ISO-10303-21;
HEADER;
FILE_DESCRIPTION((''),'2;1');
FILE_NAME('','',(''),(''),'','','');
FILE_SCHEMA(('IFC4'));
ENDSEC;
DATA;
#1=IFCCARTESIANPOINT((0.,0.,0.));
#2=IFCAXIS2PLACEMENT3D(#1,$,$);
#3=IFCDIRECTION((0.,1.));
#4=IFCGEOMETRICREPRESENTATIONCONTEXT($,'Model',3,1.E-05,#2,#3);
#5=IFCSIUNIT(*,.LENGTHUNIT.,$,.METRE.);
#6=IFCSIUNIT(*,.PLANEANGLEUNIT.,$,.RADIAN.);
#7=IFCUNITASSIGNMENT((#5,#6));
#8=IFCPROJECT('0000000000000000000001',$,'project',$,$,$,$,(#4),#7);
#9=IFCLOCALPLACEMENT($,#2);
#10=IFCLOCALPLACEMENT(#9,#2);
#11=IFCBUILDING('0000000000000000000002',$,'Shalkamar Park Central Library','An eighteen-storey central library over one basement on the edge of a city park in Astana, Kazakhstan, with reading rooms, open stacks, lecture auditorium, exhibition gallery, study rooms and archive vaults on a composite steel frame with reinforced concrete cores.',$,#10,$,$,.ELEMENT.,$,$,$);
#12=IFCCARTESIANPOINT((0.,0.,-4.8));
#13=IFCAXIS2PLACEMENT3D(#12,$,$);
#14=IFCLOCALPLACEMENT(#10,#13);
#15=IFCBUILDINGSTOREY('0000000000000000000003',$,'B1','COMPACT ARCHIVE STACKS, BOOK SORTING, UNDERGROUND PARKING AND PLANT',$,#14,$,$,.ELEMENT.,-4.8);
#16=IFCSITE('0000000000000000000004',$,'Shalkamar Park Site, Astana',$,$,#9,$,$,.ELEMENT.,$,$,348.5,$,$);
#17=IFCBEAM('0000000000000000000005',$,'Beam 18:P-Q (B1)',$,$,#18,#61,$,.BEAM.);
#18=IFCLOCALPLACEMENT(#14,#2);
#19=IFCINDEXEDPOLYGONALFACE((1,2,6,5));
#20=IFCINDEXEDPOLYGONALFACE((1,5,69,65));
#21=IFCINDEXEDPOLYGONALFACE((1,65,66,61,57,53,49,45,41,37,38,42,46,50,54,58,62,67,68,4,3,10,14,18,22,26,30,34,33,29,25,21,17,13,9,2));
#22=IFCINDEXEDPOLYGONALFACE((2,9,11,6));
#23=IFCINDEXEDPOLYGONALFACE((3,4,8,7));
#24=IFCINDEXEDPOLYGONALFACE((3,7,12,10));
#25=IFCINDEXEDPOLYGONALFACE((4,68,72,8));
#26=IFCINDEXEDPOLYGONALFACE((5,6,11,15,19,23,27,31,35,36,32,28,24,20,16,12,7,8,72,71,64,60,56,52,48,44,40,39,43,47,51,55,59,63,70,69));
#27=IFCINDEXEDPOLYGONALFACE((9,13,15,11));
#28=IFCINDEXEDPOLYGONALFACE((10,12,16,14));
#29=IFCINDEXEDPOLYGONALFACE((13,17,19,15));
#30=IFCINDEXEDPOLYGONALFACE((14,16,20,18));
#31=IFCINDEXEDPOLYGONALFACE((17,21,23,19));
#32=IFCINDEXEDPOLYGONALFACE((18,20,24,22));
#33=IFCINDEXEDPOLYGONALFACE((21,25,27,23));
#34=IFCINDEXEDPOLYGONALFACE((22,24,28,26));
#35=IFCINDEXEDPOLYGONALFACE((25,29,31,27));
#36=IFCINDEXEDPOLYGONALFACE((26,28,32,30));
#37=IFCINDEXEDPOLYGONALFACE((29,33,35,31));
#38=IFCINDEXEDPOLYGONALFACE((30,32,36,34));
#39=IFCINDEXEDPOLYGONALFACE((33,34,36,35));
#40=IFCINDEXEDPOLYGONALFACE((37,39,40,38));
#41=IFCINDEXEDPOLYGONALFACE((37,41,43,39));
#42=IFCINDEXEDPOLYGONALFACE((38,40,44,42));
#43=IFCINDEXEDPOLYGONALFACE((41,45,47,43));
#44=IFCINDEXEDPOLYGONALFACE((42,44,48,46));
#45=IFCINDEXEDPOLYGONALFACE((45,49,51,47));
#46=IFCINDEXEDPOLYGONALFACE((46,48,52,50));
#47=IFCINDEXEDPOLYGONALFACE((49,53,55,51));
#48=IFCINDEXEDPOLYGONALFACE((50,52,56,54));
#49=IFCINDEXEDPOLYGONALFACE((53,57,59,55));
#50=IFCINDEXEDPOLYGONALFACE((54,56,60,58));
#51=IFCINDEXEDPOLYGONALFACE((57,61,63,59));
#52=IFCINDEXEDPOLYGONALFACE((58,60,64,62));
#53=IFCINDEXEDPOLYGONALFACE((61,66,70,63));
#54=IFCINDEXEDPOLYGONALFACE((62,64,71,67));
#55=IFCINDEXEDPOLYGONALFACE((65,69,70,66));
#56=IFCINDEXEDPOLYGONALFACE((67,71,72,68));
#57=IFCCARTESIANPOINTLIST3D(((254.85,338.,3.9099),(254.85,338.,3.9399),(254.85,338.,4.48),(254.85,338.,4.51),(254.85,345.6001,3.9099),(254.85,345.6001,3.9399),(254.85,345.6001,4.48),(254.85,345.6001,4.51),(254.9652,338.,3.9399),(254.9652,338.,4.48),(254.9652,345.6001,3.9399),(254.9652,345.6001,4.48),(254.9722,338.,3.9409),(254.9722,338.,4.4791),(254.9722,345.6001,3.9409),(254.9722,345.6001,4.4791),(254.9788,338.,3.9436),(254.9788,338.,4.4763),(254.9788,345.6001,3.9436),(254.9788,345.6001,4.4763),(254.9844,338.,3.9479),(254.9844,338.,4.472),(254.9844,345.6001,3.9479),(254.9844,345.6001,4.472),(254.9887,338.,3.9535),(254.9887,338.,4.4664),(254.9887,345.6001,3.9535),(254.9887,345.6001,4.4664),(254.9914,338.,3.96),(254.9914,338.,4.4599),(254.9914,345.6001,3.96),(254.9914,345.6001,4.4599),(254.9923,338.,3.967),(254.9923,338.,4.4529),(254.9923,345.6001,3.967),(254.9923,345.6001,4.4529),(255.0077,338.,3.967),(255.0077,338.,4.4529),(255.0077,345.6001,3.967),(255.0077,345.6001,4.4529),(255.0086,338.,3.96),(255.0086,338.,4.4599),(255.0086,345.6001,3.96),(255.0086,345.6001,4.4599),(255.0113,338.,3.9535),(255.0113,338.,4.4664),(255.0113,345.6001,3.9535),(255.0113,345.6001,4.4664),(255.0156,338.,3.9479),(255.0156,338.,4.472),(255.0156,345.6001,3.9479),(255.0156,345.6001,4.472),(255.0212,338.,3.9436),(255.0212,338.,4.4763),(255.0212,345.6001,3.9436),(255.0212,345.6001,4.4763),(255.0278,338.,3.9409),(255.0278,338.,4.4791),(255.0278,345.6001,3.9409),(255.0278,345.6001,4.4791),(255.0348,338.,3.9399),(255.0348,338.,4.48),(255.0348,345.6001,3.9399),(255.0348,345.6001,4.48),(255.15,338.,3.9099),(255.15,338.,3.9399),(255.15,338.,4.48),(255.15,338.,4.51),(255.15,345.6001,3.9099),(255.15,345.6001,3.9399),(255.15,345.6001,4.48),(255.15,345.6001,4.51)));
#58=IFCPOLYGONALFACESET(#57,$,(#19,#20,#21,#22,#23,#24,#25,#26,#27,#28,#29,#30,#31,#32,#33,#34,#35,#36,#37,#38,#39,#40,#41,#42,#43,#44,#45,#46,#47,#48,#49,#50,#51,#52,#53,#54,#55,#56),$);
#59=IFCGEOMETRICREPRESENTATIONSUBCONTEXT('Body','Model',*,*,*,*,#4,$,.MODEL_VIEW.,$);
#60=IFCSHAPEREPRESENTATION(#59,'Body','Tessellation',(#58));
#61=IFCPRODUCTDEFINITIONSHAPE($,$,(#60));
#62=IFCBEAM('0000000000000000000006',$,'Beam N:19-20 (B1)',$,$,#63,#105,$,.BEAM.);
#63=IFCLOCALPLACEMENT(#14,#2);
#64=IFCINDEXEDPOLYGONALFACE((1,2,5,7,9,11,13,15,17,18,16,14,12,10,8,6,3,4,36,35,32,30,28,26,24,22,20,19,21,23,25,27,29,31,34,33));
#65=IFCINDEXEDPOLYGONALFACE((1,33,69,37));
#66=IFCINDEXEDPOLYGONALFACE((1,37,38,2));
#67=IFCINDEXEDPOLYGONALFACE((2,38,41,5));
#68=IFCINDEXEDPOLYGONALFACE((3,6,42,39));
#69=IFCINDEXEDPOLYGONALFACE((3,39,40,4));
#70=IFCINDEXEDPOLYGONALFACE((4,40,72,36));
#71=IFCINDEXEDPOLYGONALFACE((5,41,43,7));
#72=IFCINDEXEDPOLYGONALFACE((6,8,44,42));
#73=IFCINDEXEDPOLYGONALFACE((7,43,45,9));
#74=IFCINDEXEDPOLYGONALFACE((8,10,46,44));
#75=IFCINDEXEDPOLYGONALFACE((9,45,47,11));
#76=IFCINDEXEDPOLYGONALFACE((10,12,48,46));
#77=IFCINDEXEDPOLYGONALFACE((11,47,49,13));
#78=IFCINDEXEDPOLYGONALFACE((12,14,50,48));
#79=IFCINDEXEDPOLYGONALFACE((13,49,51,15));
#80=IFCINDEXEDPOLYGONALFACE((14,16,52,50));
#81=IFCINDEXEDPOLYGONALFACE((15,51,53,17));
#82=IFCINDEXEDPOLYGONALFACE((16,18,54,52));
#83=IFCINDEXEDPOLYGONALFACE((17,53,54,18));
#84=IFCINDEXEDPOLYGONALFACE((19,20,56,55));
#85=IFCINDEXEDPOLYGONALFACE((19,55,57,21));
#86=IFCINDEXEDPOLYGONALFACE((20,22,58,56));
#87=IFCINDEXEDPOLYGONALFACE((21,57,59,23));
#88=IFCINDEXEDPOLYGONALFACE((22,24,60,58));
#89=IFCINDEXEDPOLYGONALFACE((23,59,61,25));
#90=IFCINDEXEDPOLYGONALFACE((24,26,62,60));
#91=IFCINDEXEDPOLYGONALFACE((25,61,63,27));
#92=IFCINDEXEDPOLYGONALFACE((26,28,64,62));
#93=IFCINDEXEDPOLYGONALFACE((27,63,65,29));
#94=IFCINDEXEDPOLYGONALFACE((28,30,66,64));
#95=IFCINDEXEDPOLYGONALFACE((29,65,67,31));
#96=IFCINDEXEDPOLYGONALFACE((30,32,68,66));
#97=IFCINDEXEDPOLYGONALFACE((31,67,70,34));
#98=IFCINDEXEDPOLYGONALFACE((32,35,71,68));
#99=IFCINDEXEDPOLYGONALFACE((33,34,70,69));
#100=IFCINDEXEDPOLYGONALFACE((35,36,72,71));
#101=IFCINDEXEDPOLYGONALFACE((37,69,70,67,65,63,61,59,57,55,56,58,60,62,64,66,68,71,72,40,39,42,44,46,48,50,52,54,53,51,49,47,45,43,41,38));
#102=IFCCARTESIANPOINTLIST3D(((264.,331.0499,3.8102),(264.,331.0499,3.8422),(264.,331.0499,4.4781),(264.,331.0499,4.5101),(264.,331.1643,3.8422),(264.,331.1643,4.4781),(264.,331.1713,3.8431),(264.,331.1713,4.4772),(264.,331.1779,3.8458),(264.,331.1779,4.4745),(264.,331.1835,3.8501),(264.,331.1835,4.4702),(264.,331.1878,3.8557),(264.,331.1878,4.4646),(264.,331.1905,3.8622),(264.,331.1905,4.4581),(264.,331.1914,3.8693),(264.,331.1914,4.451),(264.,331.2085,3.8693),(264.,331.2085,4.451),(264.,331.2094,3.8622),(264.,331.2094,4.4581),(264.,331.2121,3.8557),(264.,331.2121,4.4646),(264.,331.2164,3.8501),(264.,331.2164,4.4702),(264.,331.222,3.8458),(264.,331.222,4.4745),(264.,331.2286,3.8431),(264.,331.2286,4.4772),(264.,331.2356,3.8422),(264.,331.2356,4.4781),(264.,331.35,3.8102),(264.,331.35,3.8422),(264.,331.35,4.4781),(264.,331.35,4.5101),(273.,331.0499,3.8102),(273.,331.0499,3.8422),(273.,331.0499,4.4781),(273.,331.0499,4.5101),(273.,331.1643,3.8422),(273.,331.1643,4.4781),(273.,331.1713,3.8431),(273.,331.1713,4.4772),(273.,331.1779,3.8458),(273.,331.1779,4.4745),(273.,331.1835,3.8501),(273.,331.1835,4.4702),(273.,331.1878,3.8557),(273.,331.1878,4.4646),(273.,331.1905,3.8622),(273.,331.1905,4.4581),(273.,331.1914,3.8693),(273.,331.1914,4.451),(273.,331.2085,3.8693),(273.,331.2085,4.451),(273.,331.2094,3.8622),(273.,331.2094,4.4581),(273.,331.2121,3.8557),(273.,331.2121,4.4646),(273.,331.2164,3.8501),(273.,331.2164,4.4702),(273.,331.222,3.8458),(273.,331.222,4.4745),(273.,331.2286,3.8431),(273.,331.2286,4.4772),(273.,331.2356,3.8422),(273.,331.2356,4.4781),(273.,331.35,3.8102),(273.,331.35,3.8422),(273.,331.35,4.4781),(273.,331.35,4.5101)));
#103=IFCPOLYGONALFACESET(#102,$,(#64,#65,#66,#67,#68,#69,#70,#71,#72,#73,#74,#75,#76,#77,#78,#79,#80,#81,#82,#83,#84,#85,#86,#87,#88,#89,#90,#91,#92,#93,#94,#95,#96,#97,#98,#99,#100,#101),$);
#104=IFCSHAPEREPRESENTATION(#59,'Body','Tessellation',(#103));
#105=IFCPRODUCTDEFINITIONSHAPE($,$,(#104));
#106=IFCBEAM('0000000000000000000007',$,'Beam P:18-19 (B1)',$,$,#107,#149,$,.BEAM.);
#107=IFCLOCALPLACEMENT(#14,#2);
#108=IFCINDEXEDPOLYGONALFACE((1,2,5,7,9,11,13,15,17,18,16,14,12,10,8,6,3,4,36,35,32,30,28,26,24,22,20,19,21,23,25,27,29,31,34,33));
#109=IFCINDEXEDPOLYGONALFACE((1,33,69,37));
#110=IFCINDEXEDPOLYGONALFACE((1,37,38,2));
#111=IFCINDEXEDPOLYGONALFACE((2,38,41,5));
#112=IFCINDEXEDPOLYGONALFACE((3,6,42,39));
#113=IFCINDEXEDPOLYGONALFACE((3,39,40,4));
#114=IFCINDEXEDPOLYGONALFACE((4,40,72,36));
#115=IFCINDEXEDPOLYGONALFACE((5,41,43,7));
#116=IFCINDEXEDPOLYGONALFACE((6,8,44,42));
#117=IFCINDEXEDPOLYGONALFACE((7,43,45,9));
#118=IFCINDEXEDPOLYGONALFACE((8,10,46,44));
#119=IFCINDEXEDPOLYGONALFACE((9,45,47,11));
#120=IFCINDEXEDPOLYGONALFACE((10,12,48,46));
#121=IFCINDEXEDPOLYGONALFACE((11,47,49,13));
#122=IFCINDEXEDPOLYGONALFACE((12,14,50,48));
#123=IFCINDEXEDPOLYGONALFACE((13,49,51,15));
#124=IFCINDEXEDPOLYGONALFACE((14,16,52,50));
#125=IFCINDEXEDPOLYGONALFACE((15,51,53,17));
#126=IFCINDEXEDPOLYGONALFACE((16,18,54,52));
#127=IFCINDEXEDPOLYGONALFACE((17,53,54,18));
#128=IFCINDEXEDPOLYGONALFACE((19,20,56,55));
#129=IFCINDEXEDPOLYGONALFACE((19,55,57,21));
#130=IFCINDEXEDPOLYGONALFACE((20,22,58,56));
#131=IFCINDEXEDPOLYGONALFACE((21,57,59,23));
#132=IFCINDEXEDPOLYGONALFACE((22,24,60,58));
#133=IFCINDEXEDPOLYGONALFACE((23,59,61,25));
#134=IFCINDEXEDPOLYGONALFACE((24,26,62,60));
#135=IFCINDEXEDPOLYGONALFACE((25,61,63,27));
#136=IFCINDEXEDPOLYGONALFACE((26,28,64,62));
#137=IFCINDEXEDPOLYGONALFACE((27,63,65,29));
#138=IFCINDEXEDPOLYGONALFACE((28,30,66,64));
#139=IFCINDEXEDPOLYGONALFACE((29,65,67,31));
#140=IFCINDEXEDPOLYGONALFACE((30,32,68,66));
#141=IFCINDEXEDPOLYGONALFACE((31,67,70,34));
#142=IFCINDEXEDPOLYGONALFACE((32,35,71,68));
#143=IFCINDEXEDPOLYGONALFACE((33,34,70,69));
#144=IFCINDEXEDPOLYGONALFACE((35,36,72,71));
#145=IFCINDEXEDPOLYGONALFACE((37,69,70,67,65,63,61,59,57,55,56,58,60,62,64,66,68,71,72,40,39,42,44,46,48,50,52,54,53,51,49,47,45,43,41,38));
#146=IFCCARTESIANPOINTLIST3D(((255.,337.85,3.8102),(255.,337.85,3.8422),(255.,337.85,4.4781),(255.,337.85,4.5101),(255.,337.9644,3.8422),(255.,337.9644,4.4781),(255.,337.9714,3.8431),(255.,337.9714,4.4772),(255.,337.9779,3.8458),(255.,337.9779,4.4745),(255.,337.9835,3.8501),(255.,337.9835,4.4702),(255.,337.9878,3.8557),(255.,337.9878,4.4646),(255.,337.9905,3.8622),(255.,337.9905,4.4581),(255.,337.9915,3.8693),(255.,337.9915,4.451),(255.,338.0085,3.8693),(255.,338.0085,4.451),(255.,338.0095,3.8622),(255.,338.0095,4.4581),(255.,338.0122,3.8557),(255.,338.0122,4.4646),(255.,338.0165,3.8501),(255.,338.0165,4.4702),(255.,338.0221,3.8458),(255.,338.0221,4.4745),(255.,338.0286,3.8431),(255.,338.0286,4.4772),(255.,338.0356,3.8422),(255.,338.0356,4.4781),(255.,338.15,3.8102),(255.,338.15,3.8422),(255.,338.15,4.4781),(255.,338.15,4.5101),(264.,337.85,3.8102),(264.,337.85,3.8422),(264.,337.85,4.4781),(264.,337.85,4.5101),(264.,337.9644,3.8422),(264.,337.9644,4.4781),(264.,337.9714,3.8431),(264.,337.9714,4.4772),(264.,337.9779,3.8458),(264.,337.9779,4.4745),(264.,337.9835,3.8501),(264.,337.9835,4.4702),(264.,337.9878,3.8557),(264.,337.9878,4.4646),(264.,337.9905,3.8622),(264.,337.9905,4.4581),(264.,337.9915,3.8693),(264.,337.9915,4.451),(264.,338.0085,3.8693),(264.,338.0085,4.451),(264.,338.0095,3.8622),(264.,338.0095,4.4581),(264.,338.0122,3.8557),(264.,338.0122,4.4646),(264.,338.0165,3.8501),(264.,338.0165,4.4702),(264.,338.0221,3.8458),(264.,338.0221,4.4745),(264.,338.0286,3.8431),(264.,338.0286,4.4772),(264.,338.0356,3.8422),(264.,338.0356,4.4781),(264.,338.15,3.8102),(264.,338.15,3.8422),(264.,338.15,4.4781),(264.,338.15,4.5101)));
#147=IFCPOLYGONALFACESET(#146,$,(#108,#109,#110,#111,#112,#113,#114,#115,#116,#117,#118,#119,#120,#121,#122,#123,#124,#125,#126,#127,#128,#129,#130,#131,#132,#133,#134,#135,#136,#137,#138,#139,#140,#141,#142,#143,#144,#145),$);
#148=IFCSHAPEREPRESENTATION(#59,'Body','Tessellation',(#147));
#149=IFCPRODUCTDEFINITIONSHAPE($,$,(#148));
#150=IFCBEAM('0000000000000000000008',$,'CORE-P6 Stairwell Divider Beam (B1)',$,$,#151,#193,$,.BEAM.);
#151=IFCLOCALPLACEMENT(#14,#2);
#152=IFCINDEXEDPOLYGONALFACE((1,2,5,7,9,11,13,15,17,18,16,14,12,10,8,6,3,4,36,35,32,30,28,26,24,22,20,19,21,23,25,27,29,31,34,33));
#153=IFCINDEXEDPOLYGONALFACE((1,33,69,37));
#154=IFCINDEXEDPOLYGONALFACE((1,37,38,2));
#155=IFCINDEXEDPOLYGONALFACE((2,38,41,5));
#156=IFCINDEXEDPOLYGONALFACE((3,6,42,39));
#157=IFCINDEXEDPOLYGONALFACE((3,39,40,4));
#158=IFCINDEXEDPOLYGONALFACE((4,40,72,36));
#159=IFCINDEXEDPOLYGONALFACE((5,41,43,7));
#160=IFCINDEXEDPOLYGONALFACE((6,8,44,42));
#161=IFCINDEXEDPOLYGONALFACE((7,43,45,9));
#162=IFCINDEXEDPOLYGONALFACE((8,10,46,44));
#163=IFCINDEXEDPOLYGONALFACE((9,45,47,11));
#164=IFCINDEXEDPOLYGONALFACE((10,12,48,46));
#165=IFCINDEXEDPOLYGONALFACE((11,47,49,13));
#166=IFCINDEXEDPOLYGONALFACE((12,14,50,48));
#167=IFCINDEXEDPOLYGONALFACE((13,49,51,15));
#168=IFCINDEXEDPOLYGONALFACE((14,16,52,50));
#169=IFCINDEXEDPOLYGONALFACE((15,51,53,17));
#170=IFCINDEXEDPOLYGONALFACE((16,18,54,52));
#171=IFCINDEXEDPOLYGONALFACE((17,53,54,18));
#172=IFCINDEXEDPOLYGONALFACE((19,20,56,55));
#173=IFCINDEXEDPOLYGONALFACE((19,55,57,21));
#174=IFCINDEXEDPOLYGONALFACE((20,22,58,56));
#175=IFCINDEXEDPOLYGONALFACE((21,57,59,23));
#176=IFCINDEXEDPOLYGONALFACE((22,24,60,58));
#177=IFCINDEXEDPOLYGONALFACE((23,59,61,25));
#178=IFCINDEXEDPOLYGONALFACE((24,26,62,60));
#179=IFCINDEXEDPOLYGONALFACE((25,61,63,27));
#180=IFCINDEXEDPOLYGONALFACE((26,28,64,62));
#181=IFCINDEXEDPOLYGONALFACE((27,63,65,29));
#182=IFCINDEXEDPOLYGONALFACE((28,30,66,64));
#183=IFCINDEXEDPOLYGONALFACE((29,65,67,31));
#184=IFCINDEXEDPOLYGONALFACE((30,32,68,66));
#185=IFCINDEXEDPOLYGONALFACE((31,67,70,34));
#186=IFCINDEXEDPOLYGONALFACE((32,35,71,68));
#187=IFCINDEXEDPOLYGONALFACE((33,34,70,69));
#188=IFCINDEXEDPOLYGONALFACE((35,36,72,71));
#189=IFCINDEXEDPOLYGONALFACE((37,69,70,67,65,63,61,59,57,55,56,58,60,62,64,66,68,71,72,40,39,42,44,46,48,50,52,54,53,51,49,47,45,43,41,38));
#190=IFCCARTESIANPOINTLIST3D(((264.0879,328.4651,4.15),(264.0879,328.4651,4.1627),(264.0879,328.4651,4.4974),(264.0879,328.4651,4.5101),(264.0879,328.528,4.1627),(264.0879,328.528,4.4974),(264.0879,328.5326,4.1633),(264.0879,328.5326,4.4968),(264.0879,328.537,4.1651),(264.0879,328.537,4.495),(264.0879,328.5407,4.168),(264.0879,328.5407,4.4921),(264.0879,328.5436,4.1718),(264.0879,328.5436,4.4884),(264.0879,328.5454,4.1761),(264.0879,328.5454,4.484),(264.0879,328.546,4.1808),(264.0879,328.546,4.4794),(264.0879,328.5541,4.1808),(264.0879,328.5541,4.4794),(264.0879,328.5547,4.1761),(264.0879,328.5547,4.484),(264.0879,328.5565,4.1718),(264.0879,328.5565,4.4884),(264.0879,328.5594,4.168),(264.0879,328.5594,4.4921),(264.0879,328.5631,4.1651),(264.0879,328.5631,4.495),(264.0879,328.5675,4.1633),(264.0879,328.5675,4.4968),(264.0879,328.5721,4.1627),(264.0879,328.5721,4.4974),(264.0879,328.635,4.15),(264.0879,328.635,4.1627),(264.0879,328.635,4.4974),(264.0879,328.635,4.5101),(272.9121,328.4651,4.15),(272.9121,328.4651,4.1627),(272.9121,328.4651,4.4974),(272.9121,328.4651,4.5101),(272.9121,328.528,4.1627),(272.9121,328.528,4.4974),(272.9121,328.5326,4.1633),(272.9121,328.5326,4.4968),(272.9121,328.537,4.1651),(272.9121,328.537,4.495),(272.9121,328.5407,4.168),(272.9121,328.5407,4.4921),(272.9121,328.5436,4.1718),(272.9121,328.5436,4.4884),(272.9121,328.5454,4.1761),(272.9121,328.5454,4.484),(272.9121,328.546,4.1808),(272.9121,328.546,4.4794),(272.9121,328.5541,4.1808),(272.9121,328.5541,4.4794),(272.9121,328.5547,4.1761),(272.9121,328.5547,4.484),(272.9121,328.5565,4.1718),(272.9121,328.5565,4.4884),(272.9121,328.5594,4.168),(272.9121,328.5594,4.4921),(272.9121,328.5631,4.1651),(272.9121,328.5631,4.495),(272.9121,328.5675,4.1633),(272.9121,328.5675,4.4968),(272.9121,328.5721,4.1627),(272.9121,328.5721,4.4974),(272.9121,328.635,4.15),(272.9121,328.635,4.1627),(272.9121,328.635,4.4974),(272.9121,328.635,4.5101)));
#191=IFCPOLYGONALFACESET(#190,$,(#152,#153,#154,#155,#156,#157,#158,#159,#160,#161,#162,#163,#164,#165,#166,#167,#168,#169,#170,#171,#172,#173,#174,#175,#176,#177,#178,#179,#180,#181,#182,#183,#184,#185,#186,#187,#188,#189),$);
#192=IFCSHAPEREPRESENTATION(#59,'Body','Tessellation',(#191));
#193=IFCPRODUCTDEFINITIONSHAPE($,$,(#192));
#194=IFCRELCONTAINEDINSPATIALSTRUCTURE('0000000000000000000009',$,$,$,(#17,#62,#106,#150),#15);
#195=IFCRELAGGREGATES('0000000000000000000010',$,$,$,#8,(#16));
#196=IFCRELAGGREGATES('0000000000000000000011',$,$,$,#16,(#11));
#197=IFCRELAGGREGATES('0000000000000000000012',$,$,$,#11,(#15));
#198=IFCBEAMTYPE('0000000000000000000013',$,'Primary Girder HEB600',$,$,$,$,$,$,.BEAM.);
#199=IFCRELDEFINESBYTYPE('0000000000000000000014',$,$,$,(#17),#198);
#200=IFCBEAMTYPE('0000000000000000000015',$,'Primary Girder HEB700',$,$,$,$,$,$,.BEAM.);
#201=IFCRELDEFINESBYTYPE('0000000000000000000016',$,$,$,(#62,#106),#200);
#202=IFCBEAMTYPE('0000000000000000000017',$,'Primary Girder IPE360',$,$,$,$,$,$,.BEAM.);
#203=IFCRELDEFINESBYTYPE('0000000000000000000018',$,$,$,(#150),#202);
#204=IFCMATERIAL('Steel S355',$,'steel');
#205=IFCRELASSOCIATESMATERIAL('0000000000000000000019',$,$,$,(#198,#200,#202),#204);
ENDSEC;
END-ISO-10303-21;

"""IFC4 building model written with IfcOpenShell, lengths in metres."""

from ifc_helpers import new_model, si_unit, direction, frame, origin, origin_2d, place, context, subcontext, project, spatial, i_section, extrude, material, material_profile, profile_set, type_object, element, save


model = new_model("IFC4")

# Units and contexts
model_context = context("Model", 3, precision=1e-05, world=origin(), true_north=direction((0.0, 1.0)))
body_context = subcontext(model_context, "Body", "Model", "MODEL_VIEW")
ifc_project = project(units=[si_unit("LENGTHUNIT", "METRE"), si_unit("PLANEANGLEUNIT", "RADIAN")], contexts=[model_context])

# Site, building, storey
site_placement = place(None, origin())
site = spatial("IfcSite", under=ifc_project, at=site_placement, Name="Shalkamar Park Site, Astana", CompositionType="ELEMENT", RefElevation=348.5)
building_placement = place(site_placement, origin())
building = spatial("IfcBuilding", under=site, at=building_placement, Name="Shalkamar Park Central Library", Description="An eighteen-storey central library over one basement on the edge of a city park in Astana, Kazakhstan, with reading rooms, open stacks, lecture auditorium, exhibition gallery, study rooms and archive vaults on a composite steel frame with reinforced concrete cores.", CompositionType="ELEMENT")
storey_placement = place(building_placement, frame((0.0, 0.0, -4.8)))
storey = spatial("IfcBuildingStorey", under=building, at=storey_placement, Name="B1", Description="COMPACT ARCHIVE STACKS, BOOK SORTING, UNDERGROUND PARKING AND PLANT", CompositionType="ELEMENT", Elevation=-4.8)

# Beams
ifc_material_1 = material(Name="Steel S355", Category="steel")
ifc_material_profile_1 = material_profile(ifc_material_1, i_section(OverallWidth=0.3, OverallDepth=0.6001, WebThickness=0.0154, FlangeThickness=0.03, FilletRadius=0.0271, at=origin_2d()), Name="HEB 600")
ifc_profile_set_1 = profile_set([ifc_material_profile_1], Name="Steel S355")
beam_type_1 = type_object("IfcBeamType", Name="Primary Girder HEB600", PredefinedType="BEAM", material=ifc_profile_set_1)
beam_1_placement = place(storey_placement, frame((255.0, 338.0, 4.21), z_axis=(0.0, 1.0, 0.0), x_axis=(-1.0, 0.0, 0.0)))
element("IfcBeam", 1, at=beam_1_placement, inside=storey, type_object=beam_type_1, Name="Beam 18:P-Q (B1)", PredefinedType="BEAM", context=body_context, shape_type="SweptSolid", body=[
    extrude(i_section(OverallWidth=0.3, OverallDepth=0.6001, WebThickness=0.0154, FlangeThickness=0.03, FilletRadius=0.0271, at=origin_2d()), origin(), (0.0, 0.0, 1.0), 7.6001),
])
ifc_material_profile_2 = material_profile(ifc_material_1, i_section(OverallWidth=0.3, OverallDepth=0.7, WebThickness=0.0171, FlangeThickness=0.032, FilletRadius=0.0271, at=origin_2d()), Name="HEB 700")
ifc_profile_set_2 = profile_set([ifc_material_profile_2], Name="Steel S355")
beam_type_2 = type_object("IfcBeamType", Name="Primary Girder HEB700", PredefinedType="BEAM", material=ifc_profile_set_2)
for number, where, z_axis, x_axis, name in (
    (2, (264.0, 331.2, 4.1602), (1.0, 0.0, 0.0), (0.0, 1.0, 0.0), "Beam N:19-20 (B1)"),
    (3, (255.0, 338.0, 4.1602), (1.0, 0.0, 0.0), (0.0, 1.0, 0.0), "Beam P:18-19 (B1)"),
):
    element("IfcBeam", number, at=place(storey_placement, frame(where, z_axis=z_axis, x_axis=x_axis)), inside=storey, type_object=beam_type_2, Name=name, PredefinedType="BEAM", context=body_context, shape_type="SweptSolid", body=[
        extrude(i_section(OverallWidth=0.3, OverallDepth=0.7, WebThickness=0.0171, FlangeThickness=0.032, FilletRadius=0.0271, at=origin_2d()), origin(), (0.0, 0.0, 1.0), 9.0),
    ])
ifc_material_profile_3 = material_profile(ifc_material_1, i_section(OverallWidth=0.1699, OverallDepth=0.3601, WebThickness=0.0081, FlangeThickness=0.0127, FilletRadius=0.0181, at=origin_2d()), Name="IPE 360")
ifc_profile_set_3 = profile_set([ifc_material_profile_3], Name="Steel S355")
beam_type_3 = type_object("IfcBeamType", Name="Primary Girder IPE360", PredefinedType="BEAM", material=ifc_profile_set_3)
beam_2_placement = place(storey_placement, frame((264.0879, 328.55, 4.3301), z_axis=(1.0, 0.0, 0.0), x_axis=(0.0, 1.0, 0.0)))
element("IfcBeam", 4, at=beam_2_placement, inside=storey, type_object=beam_type_3, Name="CORE-P6 Stairwell Divider Beam (B1)", PredefinedType="BEAM", context=body_context, shape_type="SweptSolid", body=[
    extrude(i_section(OverallWidth=0.1699, OverallDepth=0.3601, WebThickness=0.0081, FlangeThickness=0.0127, FilletRadius=0.0181, at=origin_2d()), origin(), (0.0, 0.0, 1.0), 8.8242),
])

save(model, "model.ifc")
